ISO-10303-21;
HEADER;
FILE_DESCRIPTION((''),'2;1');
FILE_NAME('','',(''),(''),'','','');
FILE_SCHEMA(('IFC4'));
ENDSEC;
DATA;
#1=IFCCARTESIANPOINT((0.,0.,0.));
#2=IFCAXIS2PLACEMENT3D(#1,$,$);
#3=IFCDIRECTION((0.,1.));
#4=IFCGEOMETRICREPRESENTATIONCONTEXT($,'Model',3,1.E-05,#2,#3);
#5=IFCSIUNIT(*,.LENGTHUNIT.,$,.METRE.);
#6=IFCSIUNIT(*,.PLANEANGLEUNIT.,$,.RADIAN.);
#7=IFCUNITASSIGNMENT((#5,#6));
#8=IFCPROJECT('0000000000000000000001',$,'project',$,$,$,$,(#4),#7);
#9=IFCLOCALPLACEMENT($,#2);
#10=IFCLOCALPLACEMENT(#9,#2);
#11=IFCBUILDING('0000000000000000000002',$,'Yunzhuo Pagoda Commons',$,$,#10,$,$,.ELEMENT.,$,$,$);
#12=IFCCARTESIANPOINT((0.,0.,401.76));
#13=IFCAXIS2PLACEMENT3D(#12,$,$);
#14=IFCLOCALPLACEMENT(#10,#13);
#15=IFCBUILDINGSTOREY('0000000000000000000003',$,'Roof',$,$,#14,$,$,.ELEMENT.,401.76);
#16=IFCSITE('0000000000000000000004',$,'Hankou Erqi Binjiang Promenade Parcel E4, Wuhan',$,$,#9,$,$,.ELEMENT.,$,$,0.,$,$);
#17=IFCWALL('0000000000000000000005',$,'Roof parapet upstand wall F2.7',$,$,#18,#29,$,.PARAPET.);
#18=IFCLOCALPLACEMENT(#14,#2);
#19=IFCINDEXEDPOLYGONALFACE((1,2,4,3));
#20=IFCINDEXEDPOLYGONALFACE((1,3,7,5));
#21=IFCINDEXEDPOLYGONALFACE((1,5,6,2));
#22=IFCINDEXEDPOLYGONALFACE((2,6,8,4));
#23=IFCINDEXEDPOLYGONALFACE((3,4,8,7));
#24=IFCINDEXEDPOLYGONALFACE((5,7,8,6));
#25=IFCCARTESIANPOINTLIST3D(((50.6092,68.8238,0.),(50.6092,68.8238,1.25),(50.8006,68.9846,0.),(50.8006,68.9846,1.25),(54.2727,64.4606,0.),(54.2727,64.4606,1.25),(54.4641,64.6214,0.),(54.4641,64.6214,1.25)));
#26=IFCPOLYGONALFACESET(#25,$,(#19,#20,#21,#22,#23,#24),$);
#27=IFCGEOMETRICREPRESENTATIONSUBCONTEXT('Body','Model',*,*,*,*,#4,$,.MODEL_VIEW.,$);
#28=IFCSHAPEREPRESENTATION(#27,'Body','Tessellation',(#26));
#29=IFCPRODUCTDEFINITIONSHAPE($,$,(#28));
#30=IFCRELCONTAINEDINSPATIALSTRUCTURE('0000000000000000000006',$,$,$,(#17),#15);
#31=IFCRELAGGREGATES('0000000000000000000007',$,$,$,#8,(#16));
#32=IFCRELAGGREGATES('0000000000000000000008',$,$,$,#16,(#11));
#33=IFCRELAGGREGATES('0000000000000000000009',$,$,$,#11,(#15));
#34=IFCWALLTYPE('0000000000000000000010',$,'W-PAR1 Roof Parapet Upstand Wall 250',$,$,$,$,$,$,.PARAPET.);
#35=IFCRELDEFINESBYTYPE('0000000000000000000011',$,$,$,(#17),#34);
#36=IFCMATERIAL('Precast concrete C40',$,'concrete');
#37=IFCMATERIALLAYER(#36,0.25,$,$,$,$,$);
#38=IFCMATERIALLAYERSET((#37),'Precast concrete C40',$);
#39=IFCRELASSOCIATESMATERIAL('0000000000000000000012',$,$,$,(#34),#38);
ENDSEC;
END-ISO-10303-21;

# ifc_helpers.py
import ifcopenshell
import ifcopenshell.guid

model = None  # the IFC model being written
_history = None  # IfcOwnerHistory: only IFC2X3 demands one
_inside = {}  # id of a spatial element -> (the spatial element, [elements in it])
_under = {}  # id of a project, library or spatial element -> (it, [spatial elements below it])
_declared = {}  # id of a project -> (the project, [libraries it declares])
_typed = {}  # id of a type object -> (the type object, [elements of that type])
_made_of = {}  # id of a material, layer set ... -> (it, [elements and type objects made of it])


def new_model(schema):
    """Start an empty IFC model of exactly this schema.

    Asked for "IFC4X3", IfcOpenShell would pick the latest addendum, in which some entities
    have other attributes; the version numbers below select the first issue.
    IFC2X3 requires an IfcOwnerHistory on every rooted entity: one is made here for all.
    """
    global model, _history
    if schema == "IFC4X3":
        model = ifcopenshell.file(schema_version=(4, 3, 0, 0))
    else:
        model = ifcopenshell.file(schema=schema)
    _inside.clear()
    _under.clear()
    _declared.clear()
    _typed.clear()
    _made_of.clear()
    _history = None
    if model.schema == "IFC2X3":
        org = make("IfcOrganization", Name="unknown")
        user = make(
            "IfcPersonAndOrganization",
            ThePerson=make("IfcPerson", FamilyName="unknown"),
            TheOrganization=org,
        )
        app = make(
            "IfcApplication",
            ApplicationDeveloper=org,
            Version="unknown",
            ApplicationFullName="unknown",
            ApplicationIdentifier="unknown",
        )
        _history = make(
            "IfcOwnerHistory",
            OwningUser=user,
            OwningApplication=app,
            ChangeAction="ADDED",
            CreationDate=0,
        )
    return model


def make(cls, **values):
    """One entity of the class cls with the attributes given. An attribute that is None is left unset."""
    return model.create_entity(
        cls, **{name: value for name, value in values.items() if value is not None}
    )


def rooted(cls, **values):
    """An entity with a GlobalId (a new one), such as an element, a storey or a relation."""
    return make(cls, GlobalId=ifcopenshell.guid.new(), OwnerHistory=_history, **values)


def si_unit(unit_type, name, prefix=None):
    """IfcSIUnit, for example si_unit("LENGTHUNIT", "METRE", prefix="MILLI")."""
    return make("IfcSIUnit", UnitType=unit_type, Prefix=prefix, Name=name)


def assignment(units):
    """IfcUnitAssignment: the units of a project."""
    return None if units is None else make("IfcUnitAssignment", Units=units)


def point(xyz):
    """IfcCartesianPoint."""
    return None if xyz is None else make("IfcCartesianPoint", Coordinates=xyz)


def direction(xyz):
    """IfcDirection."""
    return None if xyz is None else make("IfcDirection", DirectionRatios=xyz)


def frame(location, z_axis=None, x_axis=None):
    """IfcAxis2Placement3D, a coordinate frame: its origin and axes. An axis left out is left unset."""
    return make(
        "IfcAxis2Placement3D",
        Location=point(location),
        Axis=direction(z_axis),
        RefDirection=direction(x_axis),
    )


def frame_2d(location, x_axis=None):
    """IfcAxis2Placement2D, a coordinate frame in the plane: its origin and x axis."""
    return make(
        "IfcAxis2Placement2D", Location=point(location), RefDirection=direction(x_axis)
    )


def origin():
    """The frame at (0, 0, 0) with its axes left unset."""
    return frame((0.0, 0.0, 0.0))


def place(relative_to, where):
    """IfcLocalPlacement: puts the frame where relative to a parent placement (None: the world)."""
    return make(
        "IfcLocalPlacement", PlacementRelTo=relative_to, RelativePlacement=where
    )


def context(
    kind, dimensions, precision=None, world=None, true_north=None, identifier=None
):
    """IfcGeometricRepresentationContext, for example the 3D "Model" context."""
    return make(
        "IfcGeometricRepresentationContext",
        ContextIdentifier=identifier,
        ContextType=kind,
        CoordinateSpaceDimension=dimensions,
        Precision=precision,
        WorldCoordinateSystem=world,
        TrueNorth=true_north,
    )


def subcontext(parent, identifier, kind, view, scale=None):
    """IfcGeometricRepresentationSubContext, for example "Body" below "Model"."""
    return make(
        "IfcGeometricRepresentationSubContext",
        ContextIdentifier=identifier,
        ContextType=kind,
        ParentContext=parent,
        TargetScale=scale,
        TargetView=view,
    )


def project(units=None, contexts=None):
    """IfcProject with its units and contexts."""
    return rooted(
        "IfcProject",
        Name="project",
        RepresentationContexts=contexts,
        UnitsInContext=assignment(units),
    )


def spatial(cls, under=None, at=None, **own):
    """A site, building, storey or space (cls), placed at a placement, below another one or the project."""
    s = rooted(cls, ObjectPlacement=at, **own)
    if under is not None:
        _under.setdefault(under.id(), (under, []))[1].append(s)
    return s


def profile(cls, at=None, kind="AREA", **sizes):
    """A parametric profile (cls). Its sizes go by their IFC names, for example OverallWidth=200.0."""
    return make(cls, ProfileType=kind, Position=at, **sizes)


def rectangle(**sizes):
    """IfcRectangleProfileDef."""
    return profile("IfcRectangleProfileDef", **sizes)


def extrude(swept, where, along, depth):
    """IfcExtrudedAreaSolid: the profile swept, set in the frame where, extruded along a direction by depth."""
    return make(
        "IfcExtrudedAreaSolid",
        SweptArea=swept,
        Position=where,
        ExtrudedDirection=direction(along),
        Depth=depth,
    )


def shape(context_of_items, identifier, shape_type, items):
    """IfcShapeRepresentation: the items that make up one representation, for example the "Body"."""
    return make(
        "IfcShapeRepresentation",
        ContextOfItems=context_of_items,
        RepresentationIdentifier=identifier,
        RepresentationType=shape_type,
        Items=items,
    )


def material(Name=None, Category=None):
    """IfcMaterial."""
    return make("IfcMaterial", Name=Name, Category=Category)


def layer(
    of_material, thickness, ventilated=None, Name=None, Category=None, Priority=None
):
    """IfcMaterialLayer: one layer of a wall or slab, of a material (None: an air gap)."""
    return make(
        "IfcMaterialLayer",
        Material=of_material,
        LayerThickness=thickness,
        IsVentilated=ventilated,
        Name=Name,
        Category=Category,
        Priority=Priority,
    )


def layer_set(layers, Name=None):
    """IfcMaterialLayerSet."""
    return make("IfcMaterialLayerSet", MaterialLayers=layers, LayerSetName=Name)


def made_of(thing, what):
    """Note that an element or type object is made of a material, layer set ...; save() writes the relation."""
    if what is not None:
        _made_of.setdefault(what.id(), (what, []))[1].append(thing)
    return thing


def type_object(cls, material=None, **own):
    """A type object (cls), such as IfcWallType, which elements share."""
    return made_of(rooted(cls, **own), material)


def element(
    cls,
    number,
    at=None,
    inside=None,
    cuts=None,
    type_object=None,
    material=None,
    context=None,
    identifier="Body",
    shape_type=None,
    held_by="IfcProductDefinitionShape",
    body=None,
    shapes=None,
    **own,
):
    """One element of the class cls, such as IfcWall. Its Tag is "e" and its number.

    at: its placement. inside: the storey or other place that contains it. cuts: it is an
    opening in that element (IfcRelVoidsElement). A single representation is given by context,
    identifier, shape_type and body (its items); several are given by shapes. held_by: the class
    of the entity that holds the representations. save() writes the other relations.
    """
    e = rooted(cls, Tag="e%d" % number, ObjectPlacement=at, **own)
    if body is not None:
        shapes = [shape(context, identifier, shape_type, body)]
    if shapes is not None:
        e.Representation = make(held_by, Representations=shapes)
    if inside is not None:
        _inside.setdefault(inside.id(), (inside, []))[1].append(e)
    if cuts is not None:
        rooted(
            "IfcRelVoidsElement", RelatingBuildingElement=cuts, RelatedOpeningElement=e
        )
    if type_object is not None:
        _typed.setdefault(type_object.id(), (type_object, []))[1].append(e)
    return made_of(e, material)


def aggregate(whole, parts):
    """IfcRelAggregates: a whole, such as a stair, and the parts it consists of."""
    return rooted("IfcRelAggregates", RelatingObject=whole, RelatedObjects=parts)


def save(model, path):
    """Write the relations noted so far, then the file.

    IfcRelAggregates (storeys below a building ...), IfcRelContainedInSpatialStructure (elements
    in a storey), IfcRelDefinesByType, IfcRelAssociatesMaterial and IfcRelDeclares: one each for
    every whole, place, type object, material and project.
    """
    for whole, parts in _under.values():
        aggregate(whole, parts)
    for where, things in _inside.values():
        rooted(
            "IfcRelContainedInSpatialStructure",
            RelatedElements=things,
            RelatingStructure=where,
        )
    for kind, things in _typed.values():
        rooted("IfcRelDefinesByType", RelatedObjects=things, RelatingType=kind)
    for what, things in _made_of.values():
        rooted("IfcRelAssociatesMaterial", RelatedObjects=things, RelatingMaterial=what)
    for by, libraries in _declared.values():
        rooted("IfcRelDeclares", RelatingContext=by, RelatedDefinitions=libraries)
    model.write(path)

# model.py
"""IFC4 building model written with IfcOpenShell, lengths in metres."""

from ifc_helpers import new_model, si_unit, direction, frame, frame_2d, origin, place, context, subcontext, project, spatial, rectangle, extrude, material, layer, layer_set, type_object, element, save


model = new_model("IFC4")

# Units and contexts
model_context = context("Model", 3, precision=1e-05, world=origin(), true_north=direction((0.0, 1.0)))
body_context = subcontext(model_context, "Body", "Model", "MODEL_VIEW")
ifc_project = project(units=[si_unit("LENGTHUNIT", "METRE"), si_unit("PLANEANGLEUNIT", "RADIAN")], contexts=[model_context])

# Site, building, storey
site_placement = place(None, origin())
site = spatial("IfcSite", under=ifc_project, at=site_placement, Name="Hankou Erqi Binjiang Promenade Parcel E4, Wuhan", CompositionType="ELEMENT", RefElevation=0.0)
building_placement = place(site_placement, origin())
building = spatial("IfcBuilding", under=site, at=building_placement, Name="Yunzhuo Pagoda Commons", CompositionType="ELEMENT")
storey_placement = place(building_placement, frame((0.0, 0.0, 401.76)))
storey = spatial("IfcBuildingStorey", under=building, at=storey_placement, Name="Roof", CompositionType="ELEMENT", Elevation=401.76)

# Wall
ifc_material_1 = material(Name="Precast concrete C40", Category="concrete")
ifc_layer_1 = layer(ifc_material_1, 0.25)
ifc_layer_set_1 = layer_set([ifc_layer_1], Name="Precast concrete C40")
wall_type = type_object("IfcWallType", Name="W-PAR1 Roof Parapet Upstand Wall 250", PredefinedType="PARAPET", material=ifc_layer_set_1)
wall_placement = place(storey_placement, frame((54.3684, 64.541, 0.0), z_axis=(0.0, 0.0, 1.0), x_axis=(-0.643029, 0.765842, 0.0)))
element("IfcWall", 1, at=wall_placement, inside=storey, type_object=wall_type, Name="Roof parapet upstand wall F2.7", PredefinedType="PARAPET", context=body_context, shape_type="SweptSolid", body=[
    extrude(rectangle(XDim=5.6973, YDim=0.25, at=frame_2d((2.8486, 0.0))), origin(), (0.0, 0.0, 1.0), 1.25),
])

save(model, "model.ifc")
